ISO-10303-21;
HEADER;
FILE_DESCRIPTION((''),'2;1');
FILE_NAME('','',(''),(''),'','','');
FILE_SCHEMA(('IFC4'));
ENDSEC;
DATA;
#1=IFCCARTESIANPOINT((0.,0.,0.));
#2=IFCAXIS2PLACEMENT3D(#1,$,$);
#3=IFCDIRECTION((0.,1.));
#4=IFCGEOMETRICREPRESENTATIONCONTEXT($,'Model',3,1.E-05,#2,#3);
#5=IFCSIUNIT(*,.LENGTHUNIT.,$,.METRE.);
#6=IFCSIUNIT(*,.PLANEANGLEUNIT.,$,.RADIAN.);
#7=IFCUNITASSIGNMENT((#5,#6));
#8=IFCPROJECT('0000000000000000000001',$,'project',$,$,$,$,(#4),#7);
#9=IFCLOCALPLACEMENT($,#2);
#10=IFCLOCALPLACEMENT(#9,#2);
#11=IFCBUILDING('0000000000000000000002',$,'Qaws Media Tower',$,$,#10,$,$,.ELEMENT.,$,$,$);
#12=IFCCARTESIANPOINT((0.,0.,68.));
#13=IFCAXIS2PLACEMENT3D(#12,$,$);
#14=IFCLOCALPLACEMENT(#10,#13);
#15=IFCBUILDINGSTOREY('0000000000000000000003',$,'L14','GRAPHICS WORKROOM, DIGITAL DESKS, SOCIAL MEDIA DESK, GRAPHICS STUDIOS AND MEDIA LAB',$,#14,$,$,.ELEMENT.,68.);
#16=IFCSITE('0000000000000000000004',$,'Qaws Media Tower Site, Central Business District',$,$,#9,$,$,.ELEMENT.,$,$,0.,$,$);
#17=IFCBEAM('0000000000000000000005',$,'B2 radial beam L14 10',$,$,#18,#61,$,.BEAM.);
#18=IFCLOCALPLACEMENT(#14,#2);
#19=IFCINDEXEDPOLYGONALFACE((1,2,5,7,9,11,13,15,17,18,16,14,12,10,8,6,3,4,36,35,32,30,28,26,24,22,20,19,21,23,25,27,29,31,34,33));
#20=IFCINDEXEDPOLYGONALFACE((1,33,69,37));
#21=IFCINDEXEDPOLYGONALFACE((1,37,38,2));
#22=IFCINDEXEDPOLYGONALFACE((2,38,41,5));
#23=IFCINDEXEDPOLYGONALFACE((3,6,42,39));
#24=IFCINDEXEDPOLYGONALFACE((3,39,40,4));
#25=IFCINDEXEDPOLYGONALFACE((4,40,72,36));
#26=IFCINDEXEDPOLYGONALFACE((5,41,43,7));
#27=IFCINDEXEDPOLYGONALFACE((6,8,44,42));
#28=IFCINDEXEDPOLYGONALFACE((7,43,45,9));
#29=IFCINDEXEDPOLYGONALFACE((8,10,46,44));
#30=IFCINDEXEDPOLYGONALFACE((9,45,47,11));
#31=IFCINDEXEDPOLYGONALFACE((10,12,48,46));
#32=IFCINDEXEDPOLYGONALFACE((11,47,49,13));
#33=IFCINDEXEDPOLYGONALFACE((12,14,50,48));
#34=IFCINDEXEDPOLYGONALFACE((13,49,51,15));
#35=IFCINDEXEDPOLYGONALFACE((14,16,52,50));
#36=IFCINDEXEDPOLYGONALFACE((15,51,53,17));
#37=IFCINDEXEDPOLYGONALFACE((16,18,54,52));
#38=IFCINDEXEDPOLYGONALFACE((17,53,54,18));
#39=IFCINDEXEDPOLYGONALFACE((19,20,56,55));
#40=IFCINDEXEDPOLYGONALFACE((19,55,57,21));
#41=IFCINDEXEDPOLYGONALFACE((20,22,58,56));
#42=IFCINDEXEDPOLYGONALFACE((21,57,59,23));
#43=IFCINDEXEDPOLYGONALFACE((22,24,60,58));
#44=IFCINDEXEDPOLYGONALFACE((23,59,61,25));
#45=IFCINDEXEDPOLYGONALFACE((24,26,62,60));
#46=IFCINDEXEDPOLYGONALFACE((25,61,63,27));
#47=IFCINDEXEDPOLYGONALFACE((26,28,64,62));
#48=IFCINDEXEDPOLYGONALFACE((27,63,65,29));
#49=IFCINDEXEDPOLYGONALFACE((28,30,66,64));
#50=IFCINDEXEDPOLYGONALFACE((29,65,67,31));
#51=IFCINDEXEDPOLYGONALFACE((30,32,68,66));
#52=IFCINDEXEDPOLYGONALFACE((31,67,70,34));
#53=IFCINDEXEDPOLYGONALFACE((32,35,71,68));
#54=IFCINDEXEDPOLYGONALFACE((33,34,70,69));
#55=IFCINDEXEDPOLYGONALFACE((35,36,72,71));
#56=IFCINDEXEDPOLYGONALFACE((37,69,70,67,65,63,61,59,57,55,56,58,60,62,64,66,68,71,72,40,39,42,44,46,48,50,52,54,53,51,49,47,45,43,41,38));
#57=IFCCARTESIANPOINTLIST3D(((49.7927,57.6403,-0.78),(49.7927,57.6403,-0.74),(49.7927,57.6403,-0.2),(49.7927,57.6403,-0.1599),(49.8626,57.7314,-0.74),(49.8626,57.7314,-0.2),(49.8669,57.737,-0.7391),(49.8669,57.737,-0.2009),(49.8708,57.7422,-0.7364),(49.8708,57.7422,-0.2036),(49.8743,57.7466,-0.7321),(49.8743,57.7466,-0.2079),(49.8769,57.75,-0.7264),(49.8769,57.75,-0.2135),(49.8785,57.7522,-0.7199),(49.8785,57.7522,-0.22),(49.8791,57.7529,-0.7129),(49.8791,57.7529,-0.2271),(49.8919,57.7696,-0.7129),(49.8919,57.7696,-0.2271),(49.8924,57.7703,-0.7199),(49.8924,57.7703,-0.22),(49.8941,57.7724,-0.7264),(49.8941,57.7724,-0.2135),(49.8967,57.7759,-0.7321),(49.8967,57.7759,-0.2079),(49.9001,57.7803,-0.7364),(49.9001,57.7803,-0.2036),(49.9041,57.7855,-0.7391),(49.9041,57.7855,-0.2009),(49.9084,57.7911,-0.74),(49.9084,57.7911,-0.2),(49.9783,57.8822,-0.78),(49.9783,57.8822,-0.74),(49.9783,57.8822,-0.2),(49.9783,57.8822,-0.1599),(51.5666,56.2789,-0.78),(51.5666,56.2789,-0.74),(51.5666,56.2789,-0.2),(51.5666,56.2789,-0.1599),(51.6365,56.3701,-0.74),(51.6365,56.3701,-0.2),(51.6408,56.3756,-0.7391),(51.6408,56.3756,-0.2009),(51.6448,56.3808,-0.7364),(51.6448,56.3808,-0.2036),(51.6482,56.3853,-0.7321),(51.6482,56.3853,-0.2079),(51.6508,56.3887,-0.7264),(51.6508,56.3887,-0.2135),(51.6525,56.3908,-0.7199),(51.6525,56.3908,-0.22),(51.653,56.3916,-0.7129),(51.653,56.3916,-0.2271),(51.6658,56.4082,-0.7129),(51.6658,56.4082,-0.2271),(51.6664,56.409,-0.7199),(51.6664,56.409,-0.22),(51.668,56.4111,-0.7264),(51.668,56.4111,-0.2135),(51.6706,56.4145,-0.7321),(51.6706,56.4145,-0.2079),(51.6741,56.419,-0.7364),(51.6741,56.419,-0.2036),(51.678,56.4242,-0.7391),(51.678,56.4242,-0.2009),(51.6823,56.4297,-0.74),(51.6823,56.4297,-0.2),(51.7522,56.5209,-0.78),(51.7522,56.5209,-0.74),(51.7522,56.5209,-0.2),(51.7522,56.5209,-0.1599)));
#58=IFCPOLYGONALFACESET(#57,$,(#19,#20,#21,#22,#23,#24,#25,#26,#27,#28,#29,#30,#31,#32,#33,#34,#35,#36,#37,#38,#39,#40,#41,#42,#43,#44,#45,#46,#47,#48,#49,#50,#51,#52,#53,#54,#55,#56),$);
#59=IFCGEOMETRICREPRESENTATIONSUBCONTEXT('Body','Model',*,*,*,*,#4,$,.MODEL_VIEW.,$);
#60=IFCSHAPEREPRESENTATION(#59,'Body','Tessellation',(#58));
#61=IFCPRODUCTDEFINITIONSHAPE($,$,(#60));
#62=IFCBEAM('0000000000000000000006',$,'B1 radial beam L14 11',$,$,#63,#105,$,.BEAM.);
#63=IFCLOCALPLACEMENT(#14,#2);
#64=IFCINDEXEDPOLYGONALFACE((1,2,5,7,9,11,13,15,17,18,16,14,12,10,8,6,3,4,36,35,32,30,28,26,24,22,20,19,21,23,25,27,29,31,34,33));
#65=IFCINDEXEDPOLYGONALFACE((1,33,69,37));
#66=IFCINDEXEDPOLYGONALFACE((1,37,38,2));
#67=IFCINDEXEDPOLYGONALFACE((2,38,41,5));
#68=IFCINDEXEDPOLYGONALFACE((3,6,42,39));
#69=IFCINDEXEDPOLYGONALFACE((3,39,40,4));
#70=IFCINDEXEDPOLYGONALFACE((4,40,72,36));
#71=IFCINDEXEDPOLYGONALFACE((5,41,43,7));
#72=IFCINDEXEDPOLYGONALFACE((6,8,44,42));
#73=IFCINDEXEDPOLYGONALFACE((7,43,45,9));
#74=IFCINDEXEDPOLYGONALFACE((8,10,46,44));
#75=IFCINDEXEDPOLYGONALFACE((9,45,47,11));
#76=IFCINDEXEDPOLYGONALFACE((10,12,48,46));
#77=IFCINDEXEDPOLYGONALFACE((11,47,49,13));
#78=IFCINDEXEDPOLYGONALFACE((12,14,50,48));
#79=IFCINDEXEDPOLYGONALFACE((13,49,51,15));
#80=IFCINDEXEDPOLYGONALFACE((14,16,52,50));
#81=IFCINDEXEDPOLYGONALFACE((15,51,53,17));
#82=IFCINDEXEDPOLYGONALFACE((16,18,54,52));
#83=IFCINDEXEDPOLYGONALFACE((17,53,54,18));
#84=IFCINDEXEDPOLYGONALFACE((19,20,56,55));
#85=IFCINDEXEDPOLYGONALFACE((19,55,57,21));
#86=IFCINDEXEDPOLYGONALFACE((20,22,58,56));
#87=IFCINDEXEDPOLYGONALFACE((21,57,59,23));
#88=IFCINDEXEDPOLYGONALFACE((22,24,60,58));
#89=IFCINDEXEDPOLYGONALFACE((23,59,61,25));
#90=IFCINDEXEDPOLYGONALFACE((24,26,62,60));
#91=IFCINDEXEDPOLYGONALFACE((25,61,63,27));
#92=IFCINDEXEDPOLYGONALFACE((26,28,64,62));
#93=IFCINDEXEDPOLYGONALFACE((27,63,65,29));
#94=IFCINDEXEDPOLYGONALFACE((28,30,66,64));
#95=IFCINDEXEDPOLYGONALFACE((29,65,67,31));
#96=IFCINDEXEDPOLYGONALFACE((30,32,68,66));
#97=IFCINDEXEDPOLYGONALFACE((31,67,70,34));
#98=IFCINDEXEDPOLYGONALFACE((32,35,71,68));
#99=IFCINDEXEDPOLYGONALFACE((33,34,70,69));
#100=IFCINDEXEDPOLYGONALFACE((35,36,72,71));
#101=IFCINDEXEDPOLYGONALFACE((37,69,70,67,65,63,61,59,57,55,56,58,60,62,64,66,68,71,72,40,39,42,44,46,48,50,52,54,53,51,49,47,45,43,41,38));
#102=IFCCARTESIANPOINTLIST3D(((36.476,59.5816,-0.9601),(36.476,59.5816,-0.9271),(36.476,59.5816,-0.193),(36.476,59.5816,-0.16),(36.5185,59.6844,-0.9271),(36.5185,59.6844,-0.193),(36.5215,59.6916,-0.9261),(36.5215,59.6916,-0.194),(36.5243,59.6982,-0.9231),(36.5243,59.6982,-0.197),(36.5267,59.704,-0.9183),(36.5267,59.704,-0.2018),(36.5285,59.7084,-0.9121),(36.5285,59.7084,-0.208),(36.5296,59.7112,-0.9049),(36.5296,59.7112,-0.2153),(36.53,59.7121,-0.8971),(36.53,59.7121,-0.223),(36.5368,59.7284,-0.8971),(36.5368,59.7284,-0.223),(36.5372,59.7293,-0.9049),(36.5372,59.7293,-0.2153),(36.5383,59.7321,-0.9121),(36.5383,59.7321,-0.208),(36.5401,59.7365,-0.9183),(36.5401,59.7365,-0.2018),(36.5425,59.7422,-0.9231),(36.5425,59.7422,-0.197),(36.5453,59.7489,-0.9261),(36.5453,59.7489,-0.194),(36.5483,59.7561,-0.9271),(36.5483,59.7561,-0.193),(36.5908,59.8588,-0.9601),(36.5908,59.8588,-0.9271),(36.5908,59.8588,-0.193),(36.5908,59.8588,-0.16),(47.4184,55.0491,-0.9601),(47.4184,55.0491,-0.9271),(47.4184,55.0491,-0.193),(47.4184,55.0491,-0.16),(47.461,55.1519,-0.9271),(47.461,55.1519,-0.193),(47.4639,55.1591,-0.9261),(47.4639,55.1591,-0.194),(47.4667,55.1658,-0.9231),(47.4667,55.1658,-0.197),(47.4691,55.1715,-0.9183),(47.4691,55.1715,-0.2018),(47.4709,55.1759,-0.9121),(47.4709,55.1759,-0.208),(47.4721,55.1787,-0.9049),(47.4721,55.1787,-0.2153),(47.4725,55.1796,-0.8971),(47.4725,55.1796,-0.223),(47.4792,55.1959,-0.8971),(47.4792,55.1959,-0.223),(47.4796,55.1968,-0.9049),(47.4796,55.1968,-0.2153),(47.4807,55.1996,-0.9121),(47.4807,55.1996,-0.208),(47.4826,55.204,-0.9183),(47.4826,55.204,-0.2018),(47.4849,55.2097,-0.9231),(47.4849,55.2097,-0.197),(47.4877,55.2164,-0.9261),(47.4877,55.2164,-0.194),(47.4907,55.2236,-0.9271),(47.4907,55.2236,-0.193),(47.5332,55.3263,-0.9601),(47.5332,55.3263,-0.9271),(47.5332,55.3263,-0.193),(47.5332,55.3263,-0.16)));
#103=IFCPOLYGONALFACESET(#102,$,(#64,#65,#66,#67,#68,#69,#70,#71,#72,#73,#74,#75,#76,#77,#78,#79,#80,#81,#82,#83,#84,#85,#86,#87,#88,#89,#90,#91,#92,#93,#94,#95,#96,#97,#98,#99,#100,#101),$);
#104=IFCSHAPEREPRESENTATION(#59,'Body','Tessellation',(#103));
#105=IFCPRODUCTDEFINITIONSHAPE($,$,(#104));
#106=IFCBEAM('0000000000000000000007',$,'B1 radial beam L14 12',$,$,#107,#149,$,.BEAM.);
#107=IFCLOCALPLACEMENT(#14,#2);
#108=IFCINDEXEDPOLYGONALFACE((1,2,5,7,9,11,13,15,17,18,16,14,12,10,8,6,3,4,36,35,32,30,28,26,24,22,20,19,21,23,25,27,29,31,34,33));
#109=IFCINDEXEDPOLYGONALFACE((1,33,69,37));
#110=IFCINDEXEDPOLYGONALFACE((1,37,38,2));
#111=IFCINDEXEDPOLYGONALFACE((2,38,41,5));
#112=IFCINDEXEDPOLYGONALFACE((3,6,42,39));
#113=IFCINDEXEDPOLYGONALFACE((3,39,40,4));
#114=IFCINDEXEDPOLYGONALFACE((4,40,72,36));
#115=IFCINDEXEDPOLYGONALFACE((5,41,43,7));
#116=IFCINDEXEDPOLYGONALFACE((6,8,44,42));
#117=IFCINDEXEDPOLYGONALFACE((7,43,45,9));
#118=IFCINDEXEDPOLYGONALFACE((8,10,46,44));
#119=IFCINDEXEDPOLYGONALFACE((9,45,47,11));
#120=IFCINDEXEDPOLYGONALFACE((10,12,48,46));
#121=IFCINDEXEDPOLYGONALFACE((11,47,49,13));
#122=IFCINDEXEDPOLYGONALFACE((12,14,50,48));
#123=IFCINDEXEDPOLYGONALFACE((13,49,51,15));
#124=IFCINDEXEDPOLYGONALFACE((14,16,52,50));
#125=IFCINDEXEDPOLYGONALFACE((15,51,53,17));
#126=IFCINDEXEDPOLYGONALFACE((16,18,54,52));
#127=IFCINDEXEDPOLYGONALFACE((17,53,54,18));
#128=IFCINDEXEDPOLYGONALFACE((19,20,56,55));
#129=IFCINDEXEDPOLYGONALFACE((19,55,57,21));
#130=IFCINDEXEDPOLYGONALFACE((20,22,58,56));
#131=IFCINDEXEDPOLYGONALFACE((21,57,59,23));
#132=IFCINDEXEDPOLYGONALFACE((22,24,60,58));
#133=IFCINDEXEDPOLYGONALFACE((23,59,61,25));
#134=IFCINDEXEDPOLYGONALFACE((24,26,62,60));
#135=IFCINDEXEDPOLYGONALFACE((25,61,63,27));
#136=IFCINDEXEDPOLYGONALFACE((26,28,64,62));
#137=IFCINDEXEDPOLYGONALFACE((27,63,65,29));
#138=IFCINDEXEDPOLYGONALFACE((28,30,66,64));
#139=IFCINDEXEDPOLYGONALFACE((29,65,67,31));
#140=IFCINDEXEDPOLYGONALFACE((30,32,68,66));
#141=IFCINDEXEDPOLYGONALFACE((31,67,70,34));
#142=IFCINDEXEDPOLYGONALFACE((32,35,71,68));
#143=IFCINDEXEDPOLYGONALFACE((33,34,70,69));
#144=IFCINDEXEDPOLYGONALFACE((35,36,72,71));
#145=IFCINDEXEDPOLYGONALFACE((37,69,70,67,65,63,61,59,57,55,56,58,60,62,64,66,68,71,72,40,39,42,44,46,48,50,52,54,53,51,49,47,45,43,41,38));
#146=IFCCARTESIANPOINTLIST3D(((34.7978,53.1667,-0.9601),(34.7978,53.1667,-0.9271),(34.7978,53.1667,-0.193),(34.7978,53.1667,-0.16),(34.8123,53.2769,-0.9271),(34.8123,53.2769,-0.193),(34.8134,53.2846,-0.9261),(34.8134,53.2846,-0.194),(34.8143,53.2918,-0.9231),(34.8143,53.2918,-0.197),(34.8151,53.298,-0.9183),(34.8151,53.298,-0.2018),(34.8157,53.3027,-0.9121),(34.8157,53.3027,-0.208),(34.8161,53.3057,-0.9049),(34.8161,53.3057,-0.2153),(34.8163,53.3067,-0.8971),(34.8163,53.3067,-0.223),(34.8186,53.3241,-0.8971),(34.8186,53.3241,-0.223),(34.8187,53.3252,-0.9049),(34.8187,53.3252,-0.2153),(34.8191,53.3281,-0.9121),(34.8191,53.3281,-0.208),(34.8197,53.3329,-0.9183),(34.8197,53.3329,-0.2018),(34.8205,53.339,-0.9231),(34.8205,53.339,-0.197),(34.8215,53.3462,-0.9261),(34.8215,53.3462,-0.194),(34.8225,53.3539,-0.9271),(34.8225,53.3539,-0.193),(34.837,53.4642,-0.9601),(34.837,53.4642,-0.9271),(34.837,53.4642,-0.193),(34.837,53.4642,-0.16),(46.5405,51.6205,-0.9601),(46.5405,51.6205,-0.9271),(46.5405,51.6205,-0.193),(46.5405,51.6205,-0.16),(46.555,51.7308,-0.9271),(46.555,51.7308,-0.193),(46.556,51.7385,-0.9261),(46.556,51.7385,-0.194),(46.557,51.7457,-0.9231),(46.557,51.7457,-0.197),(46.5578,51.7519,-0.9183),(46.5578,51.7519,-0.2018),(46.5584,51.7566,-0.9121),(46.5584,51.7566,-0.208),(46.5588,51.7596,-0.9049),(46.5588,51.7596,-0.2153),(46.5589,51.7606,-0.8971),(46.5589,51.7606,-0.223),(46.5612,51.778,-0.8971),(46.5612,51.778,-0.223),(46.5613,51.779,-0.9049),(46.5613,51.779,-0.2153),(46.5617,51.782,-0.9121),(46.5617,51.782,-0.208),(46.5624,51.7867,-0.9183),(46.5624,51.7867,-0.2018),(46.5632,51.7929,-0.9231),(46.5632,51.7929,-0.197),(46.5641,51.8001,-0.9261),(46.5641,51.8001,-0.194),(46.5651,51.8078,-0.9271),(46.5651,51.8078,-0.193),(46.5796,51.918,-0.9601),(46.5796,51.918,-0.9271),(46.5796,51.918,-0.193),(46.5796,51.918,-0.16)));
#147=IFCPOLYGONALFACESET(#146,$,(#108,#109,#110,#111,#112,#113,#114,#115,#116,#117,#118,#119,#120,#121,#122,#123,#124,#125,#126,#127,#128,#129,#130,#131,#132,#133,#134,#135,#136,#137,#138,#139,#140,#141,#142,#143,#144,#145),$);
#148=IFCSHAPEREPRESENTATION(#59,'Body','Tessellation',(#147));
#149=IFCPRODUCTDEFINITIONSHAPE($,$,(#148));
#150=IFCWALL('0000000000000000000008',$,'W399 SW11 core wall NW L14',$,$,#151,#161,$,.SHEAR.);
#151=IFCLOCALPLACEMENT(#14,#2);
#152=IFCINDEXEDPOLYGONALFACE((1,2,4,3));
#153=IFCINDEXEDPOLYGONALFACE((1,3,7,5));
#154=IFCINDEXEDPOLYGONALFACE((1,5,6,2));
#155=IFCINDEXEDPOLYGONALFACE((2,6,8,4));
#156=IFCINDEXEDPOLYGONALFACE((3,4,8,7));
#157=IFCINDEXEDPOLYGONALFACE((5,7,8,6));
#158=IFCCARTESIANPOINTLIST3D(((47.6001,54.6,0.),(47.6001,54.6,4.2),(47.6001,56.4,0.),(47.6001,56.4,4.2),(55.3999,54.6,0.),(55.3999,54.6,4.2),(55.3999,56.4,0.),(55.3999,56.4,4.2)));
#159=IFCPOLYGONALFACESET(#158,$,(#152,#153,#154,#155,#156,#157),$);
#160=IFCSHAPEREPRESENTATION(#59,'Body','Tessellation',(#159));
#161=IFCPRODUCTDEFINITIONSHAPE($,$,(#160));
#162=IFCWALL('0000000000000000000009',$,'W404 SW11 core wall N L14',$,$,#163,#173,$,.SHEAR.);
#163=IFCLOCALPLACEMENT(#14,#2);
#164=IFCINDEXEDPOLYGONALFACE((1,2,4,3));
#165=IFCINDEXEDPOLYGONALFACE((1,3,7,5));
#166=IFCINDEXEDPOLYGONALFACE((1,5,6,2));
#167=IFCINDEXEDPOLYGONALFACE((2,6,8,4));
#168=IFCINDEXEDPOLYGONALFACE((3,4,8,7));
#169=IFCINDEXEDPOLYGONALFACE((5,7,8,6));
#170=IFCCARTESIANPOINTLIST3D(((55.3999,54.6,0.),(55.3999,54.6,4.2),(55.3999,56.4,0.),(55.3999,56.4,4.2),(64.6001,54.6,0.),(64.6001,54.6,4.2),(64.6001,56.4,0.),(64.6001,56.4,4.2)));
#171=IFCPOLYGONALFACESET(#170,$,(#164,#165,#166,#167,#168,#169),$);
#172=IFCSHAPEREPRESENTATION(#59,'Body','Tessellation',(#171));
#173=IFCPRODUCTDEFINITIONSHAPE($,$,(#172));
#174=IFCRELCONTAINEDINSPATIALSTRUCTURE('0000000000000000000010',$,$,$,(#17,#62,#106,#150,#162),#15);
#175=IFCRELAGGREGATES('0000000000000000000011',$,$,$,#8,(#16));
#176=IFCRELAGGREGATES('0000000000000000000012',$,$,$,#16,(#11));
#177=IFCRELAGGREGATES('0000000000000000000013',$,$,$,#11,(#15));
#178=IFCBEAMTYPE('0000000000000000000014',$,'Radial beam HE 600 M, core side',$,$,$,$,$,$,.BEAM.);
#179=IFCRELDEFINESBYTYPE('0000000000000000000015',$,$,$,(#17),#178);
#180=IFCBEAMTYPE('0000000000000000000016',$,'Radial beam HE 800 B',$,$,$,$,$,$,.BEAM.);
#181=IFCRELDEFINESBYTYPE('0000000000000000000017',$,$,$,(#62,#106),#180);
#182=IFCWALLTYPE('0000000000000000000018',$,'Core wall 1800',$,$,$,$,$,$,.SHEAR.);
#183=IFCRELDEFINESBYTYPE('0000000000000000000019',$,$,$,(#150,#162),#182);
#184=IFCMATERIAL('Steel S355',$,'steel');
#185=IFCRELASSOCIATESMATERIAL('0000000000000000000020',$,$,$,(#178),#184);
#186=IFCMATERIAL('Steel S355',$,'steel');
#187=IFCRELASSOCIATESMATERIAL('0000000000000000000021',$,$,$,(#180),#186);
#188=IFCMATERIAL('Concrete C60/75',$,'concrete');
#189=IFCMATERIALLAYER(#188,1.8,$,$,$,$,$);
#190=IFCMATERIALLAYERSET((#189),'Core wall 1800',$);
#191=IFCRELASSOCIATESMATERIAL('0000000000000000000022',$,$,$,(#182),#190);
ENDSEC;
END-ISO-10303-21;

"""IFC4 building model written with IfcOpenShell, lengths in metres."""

from ifc_helpers import new_model, si_unit, direction, frame, frame_2d, origin, origin_2d, place, context, subcontext, project, spatial, rectangle, i_section, extrude, material, layer, layer_set, material_profile, profile_set, type_object, element, save


model = new_model("IFC4")

# Units and contexts
model_context = context("Model", 3, precision=1e-05, world=origin(), true_north=direction((0.0, 1.0)))
body_context = subcontext(model_context, "Body", "Model", "MODEL_VIEW")
ifc_project = project(units=[si_unit("LENGTHUNIT", "METRE"), si_unit("PLANEANGLEUNIT", "RADIAN")], contexts=[model_context])

# Site, building, storey
site_placement = place(None, origin())
site = spatial("IfcSite", under=ifc_project, at=site_placement, Name="Qaws Media Tower Site, Central Business District", CompositionType="ELEMENT", RefElevation=0.0)
building_placement = place(site_placement, origin())
building = spatial("IfcBuilding", under=site, at=building_placement, Name="Qaws Media Tower", CompositionType="ELEMENT")
storey_placement = place(building_placement, frame((0.0, 0.0, 68.0)))
storey = spatial("IfcBuildingStorey", under=building, at=storey_placement, Name="L14", Description="GRAPHICS WORKROOM, DIGITAL DESKS, SOCIAL MEDIA DESK, GRAPHICS STUDIOS AND MEDIA LAB", CompositionType="ELEMENT", Elevation=68.0)

# Beams
ifc_material_1 = material(Name="Steel S355", Category="steel")
ifc_material_profile_1 = material_profile(ifc_material_1, i_section(OverallWidth=0.3049, OverallDepth=0.6201, WebThickness=0.021, FlangeThickness=0.04, FilletRadius=0.0271, at=origin_2d()), Name="HE 600 M")
ifc_profile_set_1 = profile_set([ifc_material_profile_1], Name="Steel S355")
beam_type_1 = type_object("IfcBeamType", Name="Radial beam HE 600 M, core side", PredefinedType="BEAM", material=ifc_profile_set_1)
beam_1_placement = place(storey_placement, frame((51.6594, 56.3999, -0.47), z_axis=(-0.793322, 0.608803, 0.0), x_axis=(-0.608803, -0.793322, 0.0)))
element("IfcBeam", 1, at=beam_1_placement, inside=storey, type_object=beam_type_1, Name="B2 radial beam L14 10", PredefinedType="BEAM", context=body_context, shape_type="SweptSolid", body=[
    extrude(i_section(OverallWidth=0.3049, OverallDepth=0.6201, WebThickness=0.021, FlangeThickness=0.04, FilletRadius=0.0271, at=origin_2d()), origin(), (0.0, 0.0, 1.0), 2.2361),
])
ifc_material_2 = material(Name="Steel S355", Category="steel")
ifc_material_profile_2 = material_profile(ifc_material_2, i_section(OverallWidth=0.3, OverallDepth=0.8, WebThickness=0.0176, FlangeThickness=0.033, FilletRadius=0.03, at=origin_2d()), Name="HE 800 B")
ifc_profile_set_2 = profile_set([ifc_material_profile_2], Name="Steel S355")
beam_type_2 = type_object("IfcBeamType", Name="Radial beam HE 800 B", PredefinedType="BEAM", material=ifc_profile_set_2)
for number, where, z_axis, x_axis, name in (
    (2, (47.4758, 55.1877, -0.5601), (-0.92388, 0.382683, 0.0), (-0.382683, -0.92388, 0.0), "B1 radial beam L14 11"),
    (3, (46.5601, 51.7693, -0.5601), (-0.991443, 0.130542, 0.0), (-0.130542, -0.991443, 0.0), "B1 radial beam L14 12"),
):
    element("IfcBeam", number, at=place(storey_placement, frame(where, z_axis=z_axis, x_axis=x_axis)), inside=storey, type_object=beam_type_2, Name=name, PredefinedType="BEAM", context=body_context, shape_type="SweptSolid", body=[
        extrude(i_section(OverallWidth=0.3, OverallDepth=0.8, WebThickness=0.0176, FlangeThickness=0.033, FilletRadius=0.03, at=origin_2d()), origin(), (0.0, 0.0, 1.0), 11.844),
    ])

# Walls
ifc_material_3 = material(Name="Concrete C60/75", Category="concrete")
ifc_layer_1 = layer(ifc_material_3, 1.8)
ifc_layer_set_1 = layer_set([ifc_layer_1], Name="Core wall 1800")
wall_type_1 = type_object("IfcWallType", Name="Core wall 1800", PredefinedType="SHEAR", material=ifc_layer_set_1)
wall_1_placement = place(storey_placement, frame((47.6001, 55.5, 0.0), z_axis=(0.0, 0.0, 1.0), x_axis=(1.0, 0.0, 0.0)))
element("IfcWall", 4, at=wall_1_placement, inside=storey, type_object=wall_type_1, Name="W399 SW11 core wall NW L14", PredefinedType="SHEAR", context=body_context, shape_type="SweptSolid", body=[
    extrude(rectangle(XDim=7.7998, YDim=1.8, at=frame_2d((3.8999, 0.0))), origin(), (0.0, 0.0, 1.0), 4.2),
])
wall_2_placement = place(storey_placement, frame((55.3999, 55.5, 0.0), z_axis=(0.0, 0.0, 1.0), x_axis=(1.0, 0.0, 0.0)))
element("IfcWall", 5, at=wall_2_placement, inside=storey, type_object=wall_type_1, Name="W404 SW11 core wall N L14", PredefinedType="SHEAR", context=body_context, shape_type="SweptSolid", body=[
    extrude(rectangle(XDim=9.2002, YDim=1.8, at=frame_2d((4.6001, 0.0))), origin(), (0.0, 0.0, 1.0), 4.2),
])

save(model, "model.ifc")
